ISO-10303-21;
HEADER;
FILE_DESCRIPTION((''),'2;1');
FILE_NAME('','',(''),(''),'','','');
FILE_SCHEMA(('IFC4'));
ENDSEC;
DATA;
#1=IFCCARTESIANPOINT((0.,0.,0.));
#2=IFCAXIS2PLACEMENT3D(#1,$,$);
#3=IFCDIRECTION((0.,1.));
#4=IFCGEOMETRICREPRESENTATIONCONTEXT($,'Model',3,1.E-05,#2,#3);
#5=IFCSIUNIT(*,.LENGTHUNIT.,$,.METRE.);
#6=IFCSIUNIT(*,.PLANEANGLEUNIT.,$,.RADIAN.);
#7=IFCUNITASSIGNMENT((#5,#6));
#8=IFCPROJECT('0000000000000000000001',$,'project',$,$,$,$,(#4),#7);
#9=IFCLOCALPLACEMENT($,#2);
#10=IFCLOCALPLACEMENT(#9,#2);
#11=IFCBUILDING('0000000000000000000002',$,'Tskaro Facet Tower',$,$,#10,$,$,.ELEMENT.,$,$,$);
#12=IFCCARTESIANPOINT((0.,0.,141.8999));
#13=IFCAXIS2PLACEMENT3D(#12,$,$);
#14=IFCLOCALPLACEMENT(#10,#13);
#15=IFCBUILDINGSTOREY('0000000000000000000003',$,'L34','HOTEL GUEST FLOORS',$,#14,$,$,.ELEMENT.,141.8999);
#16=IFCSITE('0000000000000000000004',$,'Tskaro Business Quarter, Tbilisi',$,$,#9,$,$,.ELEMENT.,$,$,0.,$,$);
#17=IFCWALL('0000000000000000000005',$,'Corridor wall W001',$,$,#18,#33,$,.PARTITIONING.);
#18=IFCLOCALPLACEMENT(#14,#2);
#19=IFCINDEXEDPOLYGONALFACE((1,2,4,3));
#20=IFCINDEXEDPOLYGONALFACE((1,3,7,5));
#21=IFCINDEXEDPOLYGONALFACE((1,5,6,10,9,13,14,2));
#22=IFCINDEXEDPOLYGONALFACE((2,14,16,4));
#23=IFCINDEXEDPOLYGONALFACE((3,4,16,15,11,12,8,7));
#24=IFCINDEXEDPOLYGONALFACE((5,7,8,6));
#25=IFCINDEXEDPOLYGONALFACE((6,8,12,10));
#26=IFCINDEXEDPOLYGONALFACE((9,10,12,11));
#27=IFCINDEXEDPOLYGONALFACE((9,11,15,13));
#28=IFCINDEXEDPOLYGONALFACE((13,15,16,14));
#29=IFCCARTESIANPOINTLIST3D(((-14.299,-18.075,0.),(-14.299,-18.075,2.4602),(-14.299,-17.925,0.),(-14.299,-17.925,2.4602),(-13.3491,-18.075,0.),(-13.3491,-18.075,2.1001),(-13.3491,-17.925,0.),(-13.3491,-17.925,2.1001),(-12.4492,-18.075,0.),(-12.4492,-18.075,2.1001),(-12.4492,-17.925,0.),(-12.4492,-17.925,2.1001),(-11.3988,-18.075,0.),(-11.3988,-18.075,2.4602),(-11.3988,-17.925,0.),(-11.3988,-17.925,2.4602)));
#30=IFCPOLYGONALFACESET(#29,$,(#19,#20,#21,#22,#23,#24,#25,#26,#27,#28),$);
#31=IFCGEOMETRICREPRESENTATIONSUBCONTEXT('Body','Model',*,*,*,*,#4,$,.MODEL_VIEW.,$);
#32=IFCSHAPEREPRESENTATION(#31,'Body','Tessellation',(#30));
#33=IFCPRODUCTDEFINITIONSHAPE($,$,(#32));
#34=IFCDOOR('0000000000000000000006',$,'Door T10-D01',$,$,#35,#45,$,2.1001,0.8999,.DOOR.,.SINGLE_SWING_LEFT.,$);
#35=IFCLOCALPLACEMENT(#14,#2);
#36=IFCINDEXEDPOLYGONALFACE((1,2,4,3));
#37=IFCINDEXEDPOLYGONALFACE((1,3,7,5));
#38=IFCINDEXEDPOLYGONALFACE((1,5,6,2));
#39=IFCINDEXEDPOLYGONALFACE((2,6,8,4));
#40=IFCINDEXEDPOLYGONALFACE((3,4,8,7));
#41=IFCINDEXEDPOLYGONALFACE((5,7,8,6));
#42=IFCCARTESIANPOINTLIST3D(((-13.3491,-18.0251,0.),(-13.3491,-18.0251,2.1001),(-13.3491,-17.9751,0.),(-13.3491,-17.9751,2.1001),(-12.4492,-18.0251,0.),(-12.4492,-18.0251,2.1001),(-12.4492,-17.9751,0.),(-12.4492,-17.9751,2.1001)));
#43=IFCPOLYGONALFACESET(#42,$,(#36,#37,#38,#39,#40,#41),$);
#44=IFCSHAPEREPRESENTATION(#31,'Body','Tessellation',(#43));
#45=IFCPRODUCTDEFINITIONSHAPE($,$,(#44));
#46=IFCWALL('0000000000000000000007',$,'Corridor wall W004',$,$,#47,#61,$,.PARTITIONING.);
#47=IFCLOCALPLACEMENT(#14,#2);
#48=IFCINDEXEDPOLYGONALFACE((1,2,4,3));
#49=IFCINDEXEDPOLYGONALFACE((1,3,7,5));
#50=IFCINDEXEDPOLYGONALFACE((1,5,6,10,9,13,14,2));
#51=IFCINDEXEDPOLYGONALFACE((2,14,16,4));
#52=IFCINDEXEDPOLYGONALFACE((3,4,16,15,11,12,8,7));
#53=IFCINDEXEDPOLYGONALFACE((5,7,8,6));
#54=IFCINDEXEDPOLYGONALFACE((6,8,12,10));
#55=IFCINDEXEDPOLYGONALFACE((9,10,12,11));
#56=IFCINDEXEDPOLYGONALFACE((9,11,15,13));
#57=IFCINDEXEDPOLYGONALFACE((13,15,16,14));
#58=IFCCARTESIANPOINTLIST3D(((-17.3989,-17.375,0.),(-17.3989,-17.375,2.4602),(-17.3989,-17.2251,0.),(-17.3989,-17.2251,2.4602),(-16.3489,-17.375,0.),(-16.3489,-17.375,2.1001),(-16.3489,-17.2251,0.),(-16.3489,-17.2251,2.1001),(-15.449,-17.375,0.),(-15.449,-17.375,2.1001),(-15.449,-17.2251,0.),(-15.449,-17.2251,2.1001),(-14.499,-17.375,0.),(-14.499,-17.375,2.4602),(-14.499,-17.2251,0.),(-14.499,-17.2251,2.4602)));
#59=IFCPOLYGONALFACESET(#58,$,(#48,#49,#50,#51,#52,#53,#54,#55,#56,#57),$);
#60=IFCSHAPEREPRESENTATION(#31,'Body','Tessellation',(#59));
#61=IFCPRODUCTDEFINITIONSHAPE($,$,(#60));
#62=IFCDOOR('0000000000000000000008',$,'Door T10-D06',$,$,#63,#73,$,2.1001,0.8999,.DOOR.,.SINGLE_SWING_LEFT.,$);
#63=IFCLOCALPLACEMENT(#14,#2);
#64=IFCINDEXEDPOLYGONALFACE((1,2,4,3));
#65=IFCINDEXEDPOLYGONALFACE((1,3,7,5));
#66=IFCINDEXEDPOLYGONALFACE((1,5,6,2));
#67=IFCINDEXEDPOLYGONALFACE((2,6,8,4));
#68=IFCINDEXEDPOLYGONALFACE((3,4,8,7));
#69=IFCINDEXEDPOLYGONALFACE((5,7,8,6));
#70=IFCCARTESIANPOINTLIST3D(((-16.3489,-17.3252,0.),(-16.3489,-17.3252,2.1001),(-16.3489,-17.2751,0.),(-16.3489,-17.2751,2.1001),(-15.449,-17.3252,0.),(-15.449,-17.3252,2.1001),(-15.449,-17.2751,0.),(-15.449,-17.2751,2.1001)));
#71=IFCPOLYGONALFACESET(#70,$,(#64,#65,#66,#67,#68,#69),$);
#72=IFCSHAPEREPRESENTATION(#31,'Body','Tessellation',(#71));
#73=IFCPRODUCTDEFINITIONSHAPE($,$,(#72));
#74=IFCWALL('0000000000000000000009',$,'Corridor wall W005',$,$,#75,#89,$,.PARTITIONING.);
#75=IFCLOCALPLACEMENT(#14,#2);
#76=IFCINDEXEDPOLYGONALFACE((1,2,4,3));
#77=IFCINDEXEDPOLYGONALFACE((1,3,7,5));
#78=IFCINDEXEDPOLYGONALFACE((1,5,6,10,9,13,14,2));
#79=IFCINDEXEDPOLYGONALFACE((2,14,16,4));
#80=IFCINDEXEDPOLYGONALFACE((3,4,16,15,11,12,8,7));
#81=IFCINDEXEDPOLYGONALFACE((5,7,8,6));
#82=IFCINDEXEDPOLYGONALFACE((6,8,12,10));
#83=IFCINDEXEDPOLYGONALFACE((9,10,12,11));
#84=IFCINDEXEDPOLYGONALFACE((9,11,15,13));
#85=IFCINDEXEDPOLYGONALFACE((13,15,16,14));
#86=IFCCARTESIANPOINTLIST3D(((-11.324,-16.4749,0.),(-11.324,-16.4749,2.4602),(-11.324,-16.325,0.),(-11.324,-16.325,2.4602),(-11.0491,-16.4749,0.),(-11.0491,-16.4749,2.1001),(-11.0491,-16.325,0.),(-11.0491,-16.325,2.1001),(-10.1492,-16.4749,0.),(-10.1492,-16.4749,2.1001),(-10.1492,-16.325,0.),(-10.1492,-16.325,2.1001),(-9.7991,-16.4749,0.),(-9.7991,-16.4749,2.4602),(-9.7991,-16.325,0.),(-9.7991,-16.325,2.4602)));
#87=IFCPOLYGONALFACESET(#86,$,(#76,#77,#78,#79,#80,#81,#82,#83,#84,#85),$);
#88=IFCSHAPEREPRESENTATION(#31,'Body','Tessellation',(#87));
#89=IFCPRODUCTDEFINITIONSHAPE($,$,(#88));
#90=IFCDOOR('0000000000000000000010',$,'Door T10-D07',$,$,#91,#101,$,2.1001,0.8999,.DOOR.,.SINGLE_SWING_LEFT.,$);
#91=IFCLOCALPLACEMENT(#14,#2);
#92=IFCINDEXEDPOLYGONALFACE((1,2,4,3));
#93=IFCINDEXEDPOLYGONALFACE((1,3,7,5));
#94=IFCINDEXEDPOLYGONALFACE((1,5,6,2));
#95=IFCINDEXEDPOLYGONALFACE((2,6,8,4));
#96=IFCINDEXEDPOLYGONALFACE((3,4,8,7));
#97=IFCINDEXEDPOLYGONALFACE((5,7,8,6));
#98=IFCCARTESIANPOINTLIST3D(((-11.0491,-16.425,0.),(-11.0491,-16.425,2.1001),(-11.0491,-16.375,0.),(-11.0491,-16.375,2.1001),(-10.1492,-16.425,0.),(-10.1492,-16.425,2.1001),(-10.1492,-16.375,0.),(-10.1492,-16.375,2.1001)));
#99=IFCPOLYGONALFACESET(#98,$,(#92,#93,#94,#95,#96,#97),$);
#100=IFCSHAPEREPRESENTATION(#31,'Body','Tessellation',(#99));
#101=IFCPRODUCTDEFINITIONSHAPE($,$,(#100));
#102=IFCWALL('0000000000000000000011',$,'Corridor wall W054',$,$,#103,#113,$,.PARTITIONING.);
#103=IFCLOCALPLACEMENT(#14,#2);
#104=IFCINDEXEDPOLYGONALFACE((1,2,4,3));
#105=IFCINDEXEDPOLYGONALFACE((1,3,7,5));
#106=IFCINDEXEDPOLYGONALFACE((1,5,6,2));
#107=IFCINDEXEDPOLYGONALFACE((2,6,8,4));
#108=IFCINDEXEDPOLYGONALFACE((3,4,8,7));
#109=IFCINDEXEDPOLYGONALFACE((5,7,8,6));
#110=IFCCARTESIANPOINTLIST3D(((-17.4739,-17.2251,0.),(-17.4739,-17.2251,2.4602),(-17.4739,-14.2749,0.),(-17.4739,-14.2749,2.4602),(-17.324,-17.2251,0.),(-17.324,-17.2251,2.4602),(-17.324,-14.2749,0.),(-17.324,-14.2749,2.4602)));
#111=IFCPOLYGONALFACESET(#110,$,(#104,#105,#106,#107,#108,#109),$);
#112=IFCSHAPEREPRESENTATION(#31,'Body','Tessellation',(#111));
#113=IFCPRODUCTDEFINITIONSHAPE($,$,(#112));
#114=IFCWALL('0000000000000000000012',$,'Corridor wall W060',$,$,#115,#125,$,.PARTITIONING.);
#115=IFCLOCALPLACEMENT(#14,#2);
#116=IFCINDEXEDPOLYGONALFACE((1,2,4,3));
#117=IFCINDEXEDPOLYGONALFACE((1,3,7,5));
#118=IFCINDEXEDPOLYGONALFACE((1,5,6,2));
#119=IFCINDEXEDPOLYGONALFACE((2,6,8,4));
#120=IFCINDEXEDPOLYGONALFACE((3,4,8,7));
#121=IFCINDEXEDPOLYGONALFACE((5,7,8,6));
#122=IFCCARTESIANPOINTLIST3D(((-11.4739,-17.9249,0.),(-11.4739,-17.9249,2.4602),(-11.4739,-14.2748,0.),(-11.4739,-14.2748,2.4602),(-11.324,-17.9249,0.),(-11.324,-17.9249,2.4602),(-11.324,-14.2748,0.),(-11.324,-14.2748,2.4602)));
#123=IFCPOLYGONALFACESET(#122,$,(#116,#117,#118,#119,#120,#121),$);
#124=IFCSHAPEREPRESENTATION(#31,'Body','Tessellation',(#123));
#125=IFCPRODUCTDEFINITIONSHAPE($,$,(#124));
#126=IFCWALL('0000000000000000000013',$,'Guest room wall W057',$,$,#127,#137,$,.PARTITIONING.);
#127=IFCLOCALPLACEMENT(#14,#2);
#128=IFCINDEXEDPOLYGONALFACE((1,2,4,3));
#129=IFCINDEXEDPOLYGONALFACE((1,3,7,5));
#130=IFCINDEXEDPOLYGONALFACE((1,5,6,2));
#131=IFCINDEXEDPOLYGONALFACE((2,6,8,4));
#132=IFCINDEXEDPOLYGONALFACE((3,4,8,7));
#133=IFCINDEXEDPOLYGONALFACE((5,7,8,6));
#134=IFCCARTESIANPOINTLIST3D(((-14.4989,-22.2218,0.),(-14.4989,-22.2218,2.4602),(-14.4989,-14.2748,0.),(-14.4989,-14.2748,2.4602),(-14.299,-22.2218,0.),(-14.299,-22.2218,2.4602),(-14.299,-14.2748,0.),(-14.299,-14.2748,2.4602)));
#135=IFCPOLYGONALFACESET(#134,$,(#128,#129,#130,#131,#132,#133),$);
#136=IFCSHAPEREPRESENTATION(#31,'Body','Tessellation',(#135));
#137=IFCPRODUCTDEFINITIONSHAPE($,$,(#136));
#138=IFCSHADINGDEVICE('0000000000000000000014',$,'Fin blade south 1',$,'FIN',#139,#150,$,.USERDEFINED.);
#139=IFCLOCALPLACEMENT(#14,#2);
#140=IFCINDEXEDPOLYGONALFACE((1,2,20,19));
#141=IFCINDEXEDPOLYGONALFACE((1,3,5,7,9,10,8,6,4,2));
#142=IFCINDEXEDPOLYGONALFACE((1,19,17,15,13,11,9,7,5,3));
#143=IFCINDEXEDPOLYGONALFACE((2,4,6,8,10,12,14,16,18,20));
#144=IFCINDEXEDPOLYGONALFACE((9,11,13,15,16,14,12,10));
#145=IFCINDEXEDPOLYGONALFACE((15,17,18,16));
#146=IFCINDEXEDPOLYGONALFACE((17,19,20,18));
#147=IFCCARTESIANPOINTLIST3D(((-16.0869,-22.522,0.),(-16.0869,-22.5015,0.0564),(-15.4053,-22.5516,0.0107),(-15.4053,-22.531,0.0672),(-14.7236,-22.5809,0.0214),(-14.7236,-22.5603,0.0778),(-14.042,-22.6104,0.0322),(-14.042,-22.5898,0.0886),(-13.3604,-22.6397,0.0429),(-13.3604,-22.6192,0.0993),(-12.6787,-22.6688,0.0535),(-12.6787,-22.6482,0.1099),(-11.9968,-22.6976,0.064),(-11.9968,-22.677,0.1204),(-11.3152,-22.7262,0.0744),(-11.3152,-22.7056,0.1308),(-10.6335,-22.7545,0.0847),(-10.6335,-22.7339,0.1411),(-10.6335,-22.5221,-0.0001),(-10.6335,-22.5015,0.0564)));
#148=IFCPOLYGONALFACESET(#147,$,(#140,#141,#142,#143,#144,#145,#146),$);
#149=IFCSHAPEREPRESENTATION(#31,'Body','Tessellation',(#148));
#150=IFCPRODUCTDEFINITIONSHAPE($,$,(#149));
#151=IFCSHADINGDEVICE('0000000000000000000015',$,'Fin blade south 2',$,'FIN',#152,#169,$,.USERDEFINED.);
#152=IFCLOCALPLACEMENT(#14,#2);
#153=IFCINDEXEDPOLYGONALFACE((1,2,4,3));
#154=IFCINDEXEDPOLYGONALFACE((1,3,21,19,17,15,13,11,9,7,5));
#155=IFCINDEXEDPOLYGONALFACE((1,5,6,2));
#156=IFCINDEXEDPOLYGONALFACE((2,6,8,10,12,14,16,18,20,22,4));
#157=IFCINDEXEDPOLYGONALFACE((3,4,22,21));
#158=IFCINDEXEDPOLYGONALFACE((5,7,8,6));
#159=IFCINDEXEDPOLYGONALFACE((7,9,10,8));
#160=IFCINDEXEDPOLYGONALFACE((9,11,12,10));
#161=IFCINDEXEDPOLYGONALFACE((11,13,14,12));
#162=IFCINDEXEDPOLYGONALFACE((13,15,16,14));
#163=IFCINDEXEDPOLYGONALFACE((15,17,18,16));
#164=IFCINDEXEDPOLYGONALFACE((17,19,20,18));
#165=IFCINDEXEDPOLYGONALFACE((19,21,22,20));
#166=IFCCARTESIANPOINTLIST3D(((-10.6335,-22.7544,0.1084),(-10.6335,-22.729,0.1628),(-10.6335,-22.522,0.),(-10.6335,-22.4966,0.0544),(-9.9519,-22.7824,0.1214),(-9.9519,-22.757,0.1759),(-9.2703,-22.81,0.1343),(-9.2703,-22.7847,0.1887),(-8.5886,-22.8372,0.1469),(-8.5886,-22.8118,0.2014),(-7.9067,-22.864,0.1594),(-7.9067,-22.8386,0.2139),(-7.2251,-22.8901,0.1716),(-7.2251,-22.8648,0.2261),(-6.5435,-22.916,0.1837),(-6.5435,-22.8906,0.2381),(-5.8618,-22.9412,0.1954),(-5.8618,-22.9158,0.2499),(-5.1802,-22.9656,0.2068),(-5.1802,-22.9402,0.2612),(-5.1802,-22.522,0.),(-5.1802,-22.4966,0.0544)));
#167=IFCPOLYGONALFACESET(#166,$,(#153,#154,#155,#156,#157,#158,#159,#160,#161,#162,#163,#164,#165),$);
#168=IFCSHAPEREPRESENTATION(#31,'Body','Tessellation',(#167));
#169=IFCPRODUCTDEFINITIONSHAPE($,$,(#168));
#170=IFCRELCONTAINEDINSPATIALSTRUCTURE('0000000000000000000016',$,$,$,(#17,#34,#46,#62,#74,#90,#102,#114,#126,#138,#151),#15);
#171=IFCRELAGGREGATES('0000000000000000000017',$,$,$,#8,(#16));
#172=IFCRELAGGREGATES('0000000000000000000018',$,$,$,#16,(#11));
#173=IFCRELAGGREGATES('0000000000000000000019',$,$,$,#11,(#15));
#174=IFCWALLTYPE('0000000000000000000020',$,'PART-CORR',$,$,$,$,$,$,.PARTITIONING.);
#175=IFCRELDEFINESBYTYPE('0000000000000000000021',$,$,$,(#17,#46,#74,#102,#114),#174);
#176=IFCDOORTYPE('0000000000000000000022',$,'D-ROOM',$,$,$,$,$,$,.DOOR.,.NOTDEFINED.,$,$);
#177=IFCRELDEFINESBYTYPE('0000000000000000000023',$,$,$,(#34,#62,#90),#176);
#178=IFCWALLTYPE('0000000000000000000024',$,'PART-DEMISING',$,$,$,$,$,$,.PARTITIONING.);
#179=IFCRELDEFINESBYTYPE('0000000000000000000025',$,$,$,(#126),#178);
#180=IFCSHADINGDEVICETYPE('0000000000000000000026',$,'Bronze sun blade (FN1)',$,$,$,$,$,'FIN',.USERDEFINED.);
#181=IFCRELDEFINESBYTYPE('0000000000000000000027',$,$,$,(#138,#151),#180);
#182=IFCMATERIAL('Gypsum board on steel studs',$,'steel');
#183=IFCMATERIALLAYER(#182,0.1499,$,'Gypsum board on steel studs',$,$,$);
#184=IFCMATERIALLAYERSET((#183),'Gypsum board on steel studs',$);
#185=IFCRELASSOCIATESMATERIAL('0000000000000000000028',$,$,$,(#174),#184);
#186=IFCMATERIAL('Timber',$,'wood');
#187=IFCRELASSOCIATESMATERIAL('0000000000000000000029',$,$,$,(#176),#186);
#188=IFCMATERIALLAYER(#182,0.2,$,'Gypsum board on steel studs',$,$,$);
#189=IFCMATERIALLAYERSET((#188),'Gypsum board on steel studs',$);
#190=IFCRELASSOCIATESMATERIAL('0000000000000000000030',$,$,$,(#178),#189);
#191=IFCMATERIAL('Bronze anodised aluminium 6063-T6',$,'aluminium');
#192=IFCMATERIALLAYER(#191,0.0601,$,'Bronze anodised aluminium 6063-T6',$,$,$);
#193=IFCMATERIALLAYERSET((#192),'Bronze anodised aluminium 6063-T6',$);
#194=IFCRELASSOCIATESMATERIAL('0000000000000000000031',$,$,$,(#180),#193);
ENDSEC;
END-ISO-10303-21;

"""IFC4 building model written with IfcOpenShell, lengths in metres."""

from ifc_helpers import new_model, si_unit, direction, frame, frame_2d, origin, place, context, subcontext, project, spatial, polyline, rectangle, outline, extrude, material, layer, layer_set, type_object, element, fill, save


model = new_model("IFC4")

# Units and contexts
model_context = context("Model", 3, precision=1e-05, world=origin(), true_north=direction((0.0, 1.0)))
body_context = subcontext(model_context, "Body", "Model", "MODEL_VIEW")
ifc_project = project(units=[si_unit("LENGTHUNIT", "METRE"), si_unit("PLANEANGLEUNIT", "RADIAN")], contexts=[model_context])

# Site, building, storey
site_placement = place(None, origin())
site = spatial("IfcSite", under=ifc_project, at=site_placement, Name="Tskaro Business Quarter, Tbilisi", CompositionType="ELEMENT", RefElevation=0.0)
building_placement = place(site_placement, origin())
building = spatial("IfcBuilding", under=site, at=building_placement, Name="Tskaro Facet Tower", CompositionType="ELEMENT")
storey_placement = place(building_placement, frame((0.0, 0.0, 141.8999)))
storey = spatial("IfcBuildingStorey", under=building, at=storey_placement, Name="L34", Description="HOTEL GUEST FLOORS", CompositionType="ELEMENT", Elevation=141.8999)

# Shared definitions
ifc_material_1 = material(Name="Bronze anodised aluminium 6063-T6", Category="aluminium")

# Walls, openings, doors
ifc_material_2 = material(Name="Gypsum board on steel studs", Category="steel")
ifc_layer_1 = layer(ifc_material_2, 0.1499, Name="Gypsum board on steel studs")
ifc_layer_set_1 = layer_set([ifc_layer_1], Name="Gypsum board on steel studs")
wall_type_1 = type_object("IfcWallType", Name="PART-CORR", PredefinedType="PARTITIONING", material=ifc_layer_set_1)
wall_1_placement = place(storey_placement, frame((-14.2991, -18.0, 0.0), z_axis=(0.0, 0.0, 1.0), x_axis=(1.0, 0.0, 0.0)))
wall_1 = element("IfcWall", 1, at=wall_1_placement, inside=storey, type_object=wall_type_1, Name="Corridor wall W001", PredefinedType="PARTITIONING", context=body_context, shape_type="SweptSolid", body=[
    extrude(rectangle(XDim=2.9001, YDim=0.1499, at=frame_2d((1.4502, 0.0))), origin(), (0.0, 0.0, 1.0), 2.4602),
])
opening_1_placement = place(wall_1_placement, frame((0.95, 0.0, 0.0)))
opening_1 = element("IfcOpeningElement", 2, at=opening_1_placement, cuts=wall_1, PredefinedType="OPENING", context=body_context, shape_type="SweptSolid", body=[
    extrude(rectangle(XDim=0.8999, YDim=2.1001, at=frame_2d((0.45, 1.05))), frame((0.0, 0.085, 0.0), z_axis=(0.0, -1.0, 0.0), x_axis=(1.0, 0.0, 0.0)), (0.0, 0.0, 1.0), 0.1699),
])
ifc_material_3 = material(Name="Timber", Category="wood")
door_type = type_object("IfcDoorType", Name="D-ROOM", OperationType="NOTDEFINED", PredefinedType="DOOR", material=ifc_material_3)
door_1_placement = place(opening_1_placement, origin())
door_1 = element("IfcDoor", 3, at=door_1_placement, inside=storey, type_object=door_type, Name="Door T10-D01", OperationType="SINGLE_SWING_LEFT", OverallHeight=2.1001, OverallWidth=0.8999, PredefinedType="DOOR", context=body_context, shape_type="SweptSolid", body=[
    extrude(rectangle(XDim=0.8999, YDim=2.1001, at=frame_2d((0.45, 1.05))), frame((0.0, 0.0249, 0.0), z_axis=(0.0, -1.0, 0.0), x_axis=(1.0, 0.0, 0.0)), (0.0, 0.0, 1.0), 0.05),
])
fill(opening_1, door_1)
wall_2_placement = place(storey_placement, frame((-17.3989, -17.3, 0.0), z_axis=(0.0, 0.0, 1.0), x_axis=(1.0, 0.0, 0.0)))
wall_2 = element("IfcWall", 4, at=wall_2_placement, inside=storey, type_object=wall_type_1, Name="Corridor wall W004", PredefinedType="PARTITIONING", context=body_context, shape_type="SweptSolid", body=[
    extrude(rectangle(XDim=2.8999, YDim=0.1499, at=frame_2d((1.45, 0.0))), origin(), (0.0, 0.0, 1.0), 2.4602),
])
opening_2_placement = place(wall_2_placement, frame((1.05, 0.0, 0.0)))
opening_2 = element("IfcOpeningElement", 5, at=opening_2_placement, cuts=wall_2, PredefinedType="OPENING", context=body_context, shape_type="SweptSolid", body=[
    extrude(rectangle(XDim=0.8999, YDim=2.1001, at=frame_2d((0.45, 1.05))), frame((0.0, 0.085, 0.0), z_axis=(0.0, -1.0, 0.0), x_axis=(1.0, 0.0, 0.0)), (0.0, 0.0, 1.0), 0.1699),
])
door_2_placement = place(opening_2_placement, origin())
door_2 = element("IfcDoor", 6, at=door_2_placement, inside=storey, type_object=door_type, Name="Door T10-D06", OperationType="SINGLE_SWING_LEFT", OverallHeight=2.1001, OverallWidth=0.8999, PredefinedType="DOOR", context=body_context, shape_type="SweptSolid", body=[
    extrude(rectangle(XDim=0.8999, YDim=2.1001, at=frame_2d((0.45, 1.05))), frame((0.0, 0.0249, 0.0), z_axis=(0.0, -1.0, 0.0), x_axis=(1.0, 0.0, 0.0)), (0.0, 0.0, 1.0), 0.05),
])
fill(opening_2, door_2)
wall_3_placement = place(storey_placement, frame((-11.324, -16.3999, 0.0), z_axis=(0.0, 0.0, 1.0), x_axis=(1.0, 0.0, 0.0)))
wall_3 = element("IfcWall", 7, at=wall_3_placement, inside=storey, type_object=wall_type_1, Name="Corridor wall W005", PredefinedType="PARTITIONING", context=body_context, shape_type="SweptSolid", body=[
    extrude(rectangle(XDim=1.5249, YDim=0.1499, at=frame_2d((0.7625, 0.0))), origin(), (0.0, 0.0, 1.0), 2.4602),
])
opening_3_placement = place(wall_3_placement, frame((0.2749, 0.0, 0.0)))
opening_3 = element("IfcOpeningElement", 8, at=opening_3_placement, cuts=wall_3, PredefinedType="OPENING", context=body_context, shape_type="SweptSolid", body=[
    extrude(rectangle(XDim=0.8999, YDim=2.1001, at=frame_2d((0.45, 1.05))), frame((0.0, 0.085, 0.0), z_axis=(0.0, -1.0, 0.0), x_axis=(1.0, 0.0, 0.0)), (0.0, 0.0, 1.0), 0.1699),
])
door_3_placement = place(opening_3_placement, origin())
door_3 = element("IfcDoor", 9, at=door_3_placement, inside=storey, type_object=door_type, Name="Door T10-D07", OperationType="SINGLE_SWING_LEFT", OverallHeight=2.1001, OverallWidth=0.8999, PredefinedType="DOOR", context=body_context, shape_type="SweptSolid", body=[
    extrude(rectangle(XDim=0.8999, YDim=2.1001, at=frame_2d((0.45, 1.05))), frame((0.0, 0.0249, 0.0), z_axis=(0.0, -1.0, 0.0), x_axis=(1.0, 0.0, 0.0)), (0.0, 0.0, 1.0), 0.05),
])
fill(opening_3, door_3)

# Walls
wall_4_placement = place(storey_placement, frame((-17.3989, -17.2251, 0.0), z_axis=(0.0, 0.0, 1.0), x_axis=(0.0, 1.0, 0.0)))
element("IfcWall", 10, at=wall_4_placement, inside=storey, type_object=wall_type_1, Name="Corridor wall W054", PredefinedType="PARTITIONING", context=body_context, shape_type="SweptSolid", body=[
    extrude(rectangle(XDim=2.9502, YDim=0.1499, at=frame_2d((1.4751, 0.0))), origin(), (0.0, 0.0, 1.0), 2.4602),
])
wall_5_placement = place(storey_placement, frame((-11.3989, -17.925, 0.0), z_axis=(0.0, 0.0, 1.0), x_axis=(0.0, 1.0, 0.0)))
element("IfcWall", 11, at=wall_5_placement, inside=storey, type_object=wall_type_1, Name="Corridor wall W060", PredefinedType="PARTITIONING", context=body_context, shape_type="SweptSolid", body=[
    extrude(rectangle(XDim=3.6501, YDim=0.1499, at=frame_2d((1.8252, 0.0))), origin(), (0.0, 0.0, 1.0), 2.4602),
])
ifc_layer_2 = layer(ifc_material_2, 0.2, Name="Gypsum board on steel studs")
ifc_layer_set_2 = layer_set([ifc_layer_2], Name="Gypsum board on steel studs")
wall_type_2 = type_object("IfcWallType", Name="PART-DEMISING", PredefinedType="PARTITIONING", material=ifc_layer_set_2)
wall_6_placement = place(storey_placement, frame((-14.3989, -22.2219, 0.0), z_axis=(0.0, 0.0, 1.0), x_axis=(0.0, 1.0, 0.0)))
element("IfcWall", 12, at=wall_6_placement, inside=storey, type_object=wall_type_2, Name="Guest room wall W057", PredefinedType="PARTITIONING", context=body_context, shape_type="SweptSolid", body=[
    extrude(rectangle(XDim=7.947, YDim=0.2, at=frame_2d((3.9736, 0.0))), origin(), (0.0, 0.0, 1.0), 2.4602),
])

# Shading devices
ifc_layer_3 = layer(ifc_material_1, 0.0601, Name="Bronze anodised aluminium 6063-T6")
ifc_layer_set_3 = layer_set([ifc_layer_3], Name="Bronze anodised aluminium 6063-T6")
shading_device_type = type_object("IfcShadingDeviceType", Name="Bronze sun blade (FN1)", ElementType="FIN", PredefinedType="USERDEFINED", material=ifc_layer_set_3)
shading_device_1_placement = place(storey_placement, frame((-16.0869, -22.5015, 0.0564), z_axis=(0.000006, 0.342578, 0.939489), x_axis=(1.0, -0.000002, -0.000006)))
element("IfcShadingDevice", 13, at=shading_device_1_placement, inside=storey, type_object=shading_device_type, Name="Fin blade south 1", ObjectType="FIN", PredefinedType="USERDEFINED", context=body_context, shape_type="SweptSolid", body=[
    extrude(outline(polyline([(0.0, 0.0), (5.4534, 0.0), (5.4534, -0.2474), (4.7717, -0.2173), (4.0901, -0.1868), (3.4082, -0.1562), (2.7266, -0.1253), (2.0449, -0.0941), (1.3633, -0.0626), (0.6816, -0.0314), (0.0, 0.0)])), origin(), (0.0, 0.0, -1.0), 0.0601),
])
shading_device_2_placement = place(storey_placement, frame((-10.6335, -22.4966, 0.0544), z_axis=(0.000003, 0.422508, 0.906359), x_axis=(1.0, -0.000001, -0.000003)))
element("IfcShadingDevice", 14, at=shading_device_2_placement, inside=storey, type_object=shading_device_type, Name="Fin blade south 2", ObjectType="FIN", PredefinedType="USERDEFINED", context=body_context, shape_type="SweptSolid", body=[
    extrude(outline(polyline([(0.0, 0.0), (5.4534, 0.0), (5.4534, -0.4894), (4.7717, -0.4626), (4.0901, -0.4347), (3.4084, -0.4062), (2.7268, -0.3774), (2.0449, -0.3478), (1.3633, -0.3178), (0.6816, -0.2874), (0.0, -0.2565), (0.0, 0.0)])), origin(), (0.0, 0.0, -1.0), 0.0601),
])

save(model, "model.ifc")
